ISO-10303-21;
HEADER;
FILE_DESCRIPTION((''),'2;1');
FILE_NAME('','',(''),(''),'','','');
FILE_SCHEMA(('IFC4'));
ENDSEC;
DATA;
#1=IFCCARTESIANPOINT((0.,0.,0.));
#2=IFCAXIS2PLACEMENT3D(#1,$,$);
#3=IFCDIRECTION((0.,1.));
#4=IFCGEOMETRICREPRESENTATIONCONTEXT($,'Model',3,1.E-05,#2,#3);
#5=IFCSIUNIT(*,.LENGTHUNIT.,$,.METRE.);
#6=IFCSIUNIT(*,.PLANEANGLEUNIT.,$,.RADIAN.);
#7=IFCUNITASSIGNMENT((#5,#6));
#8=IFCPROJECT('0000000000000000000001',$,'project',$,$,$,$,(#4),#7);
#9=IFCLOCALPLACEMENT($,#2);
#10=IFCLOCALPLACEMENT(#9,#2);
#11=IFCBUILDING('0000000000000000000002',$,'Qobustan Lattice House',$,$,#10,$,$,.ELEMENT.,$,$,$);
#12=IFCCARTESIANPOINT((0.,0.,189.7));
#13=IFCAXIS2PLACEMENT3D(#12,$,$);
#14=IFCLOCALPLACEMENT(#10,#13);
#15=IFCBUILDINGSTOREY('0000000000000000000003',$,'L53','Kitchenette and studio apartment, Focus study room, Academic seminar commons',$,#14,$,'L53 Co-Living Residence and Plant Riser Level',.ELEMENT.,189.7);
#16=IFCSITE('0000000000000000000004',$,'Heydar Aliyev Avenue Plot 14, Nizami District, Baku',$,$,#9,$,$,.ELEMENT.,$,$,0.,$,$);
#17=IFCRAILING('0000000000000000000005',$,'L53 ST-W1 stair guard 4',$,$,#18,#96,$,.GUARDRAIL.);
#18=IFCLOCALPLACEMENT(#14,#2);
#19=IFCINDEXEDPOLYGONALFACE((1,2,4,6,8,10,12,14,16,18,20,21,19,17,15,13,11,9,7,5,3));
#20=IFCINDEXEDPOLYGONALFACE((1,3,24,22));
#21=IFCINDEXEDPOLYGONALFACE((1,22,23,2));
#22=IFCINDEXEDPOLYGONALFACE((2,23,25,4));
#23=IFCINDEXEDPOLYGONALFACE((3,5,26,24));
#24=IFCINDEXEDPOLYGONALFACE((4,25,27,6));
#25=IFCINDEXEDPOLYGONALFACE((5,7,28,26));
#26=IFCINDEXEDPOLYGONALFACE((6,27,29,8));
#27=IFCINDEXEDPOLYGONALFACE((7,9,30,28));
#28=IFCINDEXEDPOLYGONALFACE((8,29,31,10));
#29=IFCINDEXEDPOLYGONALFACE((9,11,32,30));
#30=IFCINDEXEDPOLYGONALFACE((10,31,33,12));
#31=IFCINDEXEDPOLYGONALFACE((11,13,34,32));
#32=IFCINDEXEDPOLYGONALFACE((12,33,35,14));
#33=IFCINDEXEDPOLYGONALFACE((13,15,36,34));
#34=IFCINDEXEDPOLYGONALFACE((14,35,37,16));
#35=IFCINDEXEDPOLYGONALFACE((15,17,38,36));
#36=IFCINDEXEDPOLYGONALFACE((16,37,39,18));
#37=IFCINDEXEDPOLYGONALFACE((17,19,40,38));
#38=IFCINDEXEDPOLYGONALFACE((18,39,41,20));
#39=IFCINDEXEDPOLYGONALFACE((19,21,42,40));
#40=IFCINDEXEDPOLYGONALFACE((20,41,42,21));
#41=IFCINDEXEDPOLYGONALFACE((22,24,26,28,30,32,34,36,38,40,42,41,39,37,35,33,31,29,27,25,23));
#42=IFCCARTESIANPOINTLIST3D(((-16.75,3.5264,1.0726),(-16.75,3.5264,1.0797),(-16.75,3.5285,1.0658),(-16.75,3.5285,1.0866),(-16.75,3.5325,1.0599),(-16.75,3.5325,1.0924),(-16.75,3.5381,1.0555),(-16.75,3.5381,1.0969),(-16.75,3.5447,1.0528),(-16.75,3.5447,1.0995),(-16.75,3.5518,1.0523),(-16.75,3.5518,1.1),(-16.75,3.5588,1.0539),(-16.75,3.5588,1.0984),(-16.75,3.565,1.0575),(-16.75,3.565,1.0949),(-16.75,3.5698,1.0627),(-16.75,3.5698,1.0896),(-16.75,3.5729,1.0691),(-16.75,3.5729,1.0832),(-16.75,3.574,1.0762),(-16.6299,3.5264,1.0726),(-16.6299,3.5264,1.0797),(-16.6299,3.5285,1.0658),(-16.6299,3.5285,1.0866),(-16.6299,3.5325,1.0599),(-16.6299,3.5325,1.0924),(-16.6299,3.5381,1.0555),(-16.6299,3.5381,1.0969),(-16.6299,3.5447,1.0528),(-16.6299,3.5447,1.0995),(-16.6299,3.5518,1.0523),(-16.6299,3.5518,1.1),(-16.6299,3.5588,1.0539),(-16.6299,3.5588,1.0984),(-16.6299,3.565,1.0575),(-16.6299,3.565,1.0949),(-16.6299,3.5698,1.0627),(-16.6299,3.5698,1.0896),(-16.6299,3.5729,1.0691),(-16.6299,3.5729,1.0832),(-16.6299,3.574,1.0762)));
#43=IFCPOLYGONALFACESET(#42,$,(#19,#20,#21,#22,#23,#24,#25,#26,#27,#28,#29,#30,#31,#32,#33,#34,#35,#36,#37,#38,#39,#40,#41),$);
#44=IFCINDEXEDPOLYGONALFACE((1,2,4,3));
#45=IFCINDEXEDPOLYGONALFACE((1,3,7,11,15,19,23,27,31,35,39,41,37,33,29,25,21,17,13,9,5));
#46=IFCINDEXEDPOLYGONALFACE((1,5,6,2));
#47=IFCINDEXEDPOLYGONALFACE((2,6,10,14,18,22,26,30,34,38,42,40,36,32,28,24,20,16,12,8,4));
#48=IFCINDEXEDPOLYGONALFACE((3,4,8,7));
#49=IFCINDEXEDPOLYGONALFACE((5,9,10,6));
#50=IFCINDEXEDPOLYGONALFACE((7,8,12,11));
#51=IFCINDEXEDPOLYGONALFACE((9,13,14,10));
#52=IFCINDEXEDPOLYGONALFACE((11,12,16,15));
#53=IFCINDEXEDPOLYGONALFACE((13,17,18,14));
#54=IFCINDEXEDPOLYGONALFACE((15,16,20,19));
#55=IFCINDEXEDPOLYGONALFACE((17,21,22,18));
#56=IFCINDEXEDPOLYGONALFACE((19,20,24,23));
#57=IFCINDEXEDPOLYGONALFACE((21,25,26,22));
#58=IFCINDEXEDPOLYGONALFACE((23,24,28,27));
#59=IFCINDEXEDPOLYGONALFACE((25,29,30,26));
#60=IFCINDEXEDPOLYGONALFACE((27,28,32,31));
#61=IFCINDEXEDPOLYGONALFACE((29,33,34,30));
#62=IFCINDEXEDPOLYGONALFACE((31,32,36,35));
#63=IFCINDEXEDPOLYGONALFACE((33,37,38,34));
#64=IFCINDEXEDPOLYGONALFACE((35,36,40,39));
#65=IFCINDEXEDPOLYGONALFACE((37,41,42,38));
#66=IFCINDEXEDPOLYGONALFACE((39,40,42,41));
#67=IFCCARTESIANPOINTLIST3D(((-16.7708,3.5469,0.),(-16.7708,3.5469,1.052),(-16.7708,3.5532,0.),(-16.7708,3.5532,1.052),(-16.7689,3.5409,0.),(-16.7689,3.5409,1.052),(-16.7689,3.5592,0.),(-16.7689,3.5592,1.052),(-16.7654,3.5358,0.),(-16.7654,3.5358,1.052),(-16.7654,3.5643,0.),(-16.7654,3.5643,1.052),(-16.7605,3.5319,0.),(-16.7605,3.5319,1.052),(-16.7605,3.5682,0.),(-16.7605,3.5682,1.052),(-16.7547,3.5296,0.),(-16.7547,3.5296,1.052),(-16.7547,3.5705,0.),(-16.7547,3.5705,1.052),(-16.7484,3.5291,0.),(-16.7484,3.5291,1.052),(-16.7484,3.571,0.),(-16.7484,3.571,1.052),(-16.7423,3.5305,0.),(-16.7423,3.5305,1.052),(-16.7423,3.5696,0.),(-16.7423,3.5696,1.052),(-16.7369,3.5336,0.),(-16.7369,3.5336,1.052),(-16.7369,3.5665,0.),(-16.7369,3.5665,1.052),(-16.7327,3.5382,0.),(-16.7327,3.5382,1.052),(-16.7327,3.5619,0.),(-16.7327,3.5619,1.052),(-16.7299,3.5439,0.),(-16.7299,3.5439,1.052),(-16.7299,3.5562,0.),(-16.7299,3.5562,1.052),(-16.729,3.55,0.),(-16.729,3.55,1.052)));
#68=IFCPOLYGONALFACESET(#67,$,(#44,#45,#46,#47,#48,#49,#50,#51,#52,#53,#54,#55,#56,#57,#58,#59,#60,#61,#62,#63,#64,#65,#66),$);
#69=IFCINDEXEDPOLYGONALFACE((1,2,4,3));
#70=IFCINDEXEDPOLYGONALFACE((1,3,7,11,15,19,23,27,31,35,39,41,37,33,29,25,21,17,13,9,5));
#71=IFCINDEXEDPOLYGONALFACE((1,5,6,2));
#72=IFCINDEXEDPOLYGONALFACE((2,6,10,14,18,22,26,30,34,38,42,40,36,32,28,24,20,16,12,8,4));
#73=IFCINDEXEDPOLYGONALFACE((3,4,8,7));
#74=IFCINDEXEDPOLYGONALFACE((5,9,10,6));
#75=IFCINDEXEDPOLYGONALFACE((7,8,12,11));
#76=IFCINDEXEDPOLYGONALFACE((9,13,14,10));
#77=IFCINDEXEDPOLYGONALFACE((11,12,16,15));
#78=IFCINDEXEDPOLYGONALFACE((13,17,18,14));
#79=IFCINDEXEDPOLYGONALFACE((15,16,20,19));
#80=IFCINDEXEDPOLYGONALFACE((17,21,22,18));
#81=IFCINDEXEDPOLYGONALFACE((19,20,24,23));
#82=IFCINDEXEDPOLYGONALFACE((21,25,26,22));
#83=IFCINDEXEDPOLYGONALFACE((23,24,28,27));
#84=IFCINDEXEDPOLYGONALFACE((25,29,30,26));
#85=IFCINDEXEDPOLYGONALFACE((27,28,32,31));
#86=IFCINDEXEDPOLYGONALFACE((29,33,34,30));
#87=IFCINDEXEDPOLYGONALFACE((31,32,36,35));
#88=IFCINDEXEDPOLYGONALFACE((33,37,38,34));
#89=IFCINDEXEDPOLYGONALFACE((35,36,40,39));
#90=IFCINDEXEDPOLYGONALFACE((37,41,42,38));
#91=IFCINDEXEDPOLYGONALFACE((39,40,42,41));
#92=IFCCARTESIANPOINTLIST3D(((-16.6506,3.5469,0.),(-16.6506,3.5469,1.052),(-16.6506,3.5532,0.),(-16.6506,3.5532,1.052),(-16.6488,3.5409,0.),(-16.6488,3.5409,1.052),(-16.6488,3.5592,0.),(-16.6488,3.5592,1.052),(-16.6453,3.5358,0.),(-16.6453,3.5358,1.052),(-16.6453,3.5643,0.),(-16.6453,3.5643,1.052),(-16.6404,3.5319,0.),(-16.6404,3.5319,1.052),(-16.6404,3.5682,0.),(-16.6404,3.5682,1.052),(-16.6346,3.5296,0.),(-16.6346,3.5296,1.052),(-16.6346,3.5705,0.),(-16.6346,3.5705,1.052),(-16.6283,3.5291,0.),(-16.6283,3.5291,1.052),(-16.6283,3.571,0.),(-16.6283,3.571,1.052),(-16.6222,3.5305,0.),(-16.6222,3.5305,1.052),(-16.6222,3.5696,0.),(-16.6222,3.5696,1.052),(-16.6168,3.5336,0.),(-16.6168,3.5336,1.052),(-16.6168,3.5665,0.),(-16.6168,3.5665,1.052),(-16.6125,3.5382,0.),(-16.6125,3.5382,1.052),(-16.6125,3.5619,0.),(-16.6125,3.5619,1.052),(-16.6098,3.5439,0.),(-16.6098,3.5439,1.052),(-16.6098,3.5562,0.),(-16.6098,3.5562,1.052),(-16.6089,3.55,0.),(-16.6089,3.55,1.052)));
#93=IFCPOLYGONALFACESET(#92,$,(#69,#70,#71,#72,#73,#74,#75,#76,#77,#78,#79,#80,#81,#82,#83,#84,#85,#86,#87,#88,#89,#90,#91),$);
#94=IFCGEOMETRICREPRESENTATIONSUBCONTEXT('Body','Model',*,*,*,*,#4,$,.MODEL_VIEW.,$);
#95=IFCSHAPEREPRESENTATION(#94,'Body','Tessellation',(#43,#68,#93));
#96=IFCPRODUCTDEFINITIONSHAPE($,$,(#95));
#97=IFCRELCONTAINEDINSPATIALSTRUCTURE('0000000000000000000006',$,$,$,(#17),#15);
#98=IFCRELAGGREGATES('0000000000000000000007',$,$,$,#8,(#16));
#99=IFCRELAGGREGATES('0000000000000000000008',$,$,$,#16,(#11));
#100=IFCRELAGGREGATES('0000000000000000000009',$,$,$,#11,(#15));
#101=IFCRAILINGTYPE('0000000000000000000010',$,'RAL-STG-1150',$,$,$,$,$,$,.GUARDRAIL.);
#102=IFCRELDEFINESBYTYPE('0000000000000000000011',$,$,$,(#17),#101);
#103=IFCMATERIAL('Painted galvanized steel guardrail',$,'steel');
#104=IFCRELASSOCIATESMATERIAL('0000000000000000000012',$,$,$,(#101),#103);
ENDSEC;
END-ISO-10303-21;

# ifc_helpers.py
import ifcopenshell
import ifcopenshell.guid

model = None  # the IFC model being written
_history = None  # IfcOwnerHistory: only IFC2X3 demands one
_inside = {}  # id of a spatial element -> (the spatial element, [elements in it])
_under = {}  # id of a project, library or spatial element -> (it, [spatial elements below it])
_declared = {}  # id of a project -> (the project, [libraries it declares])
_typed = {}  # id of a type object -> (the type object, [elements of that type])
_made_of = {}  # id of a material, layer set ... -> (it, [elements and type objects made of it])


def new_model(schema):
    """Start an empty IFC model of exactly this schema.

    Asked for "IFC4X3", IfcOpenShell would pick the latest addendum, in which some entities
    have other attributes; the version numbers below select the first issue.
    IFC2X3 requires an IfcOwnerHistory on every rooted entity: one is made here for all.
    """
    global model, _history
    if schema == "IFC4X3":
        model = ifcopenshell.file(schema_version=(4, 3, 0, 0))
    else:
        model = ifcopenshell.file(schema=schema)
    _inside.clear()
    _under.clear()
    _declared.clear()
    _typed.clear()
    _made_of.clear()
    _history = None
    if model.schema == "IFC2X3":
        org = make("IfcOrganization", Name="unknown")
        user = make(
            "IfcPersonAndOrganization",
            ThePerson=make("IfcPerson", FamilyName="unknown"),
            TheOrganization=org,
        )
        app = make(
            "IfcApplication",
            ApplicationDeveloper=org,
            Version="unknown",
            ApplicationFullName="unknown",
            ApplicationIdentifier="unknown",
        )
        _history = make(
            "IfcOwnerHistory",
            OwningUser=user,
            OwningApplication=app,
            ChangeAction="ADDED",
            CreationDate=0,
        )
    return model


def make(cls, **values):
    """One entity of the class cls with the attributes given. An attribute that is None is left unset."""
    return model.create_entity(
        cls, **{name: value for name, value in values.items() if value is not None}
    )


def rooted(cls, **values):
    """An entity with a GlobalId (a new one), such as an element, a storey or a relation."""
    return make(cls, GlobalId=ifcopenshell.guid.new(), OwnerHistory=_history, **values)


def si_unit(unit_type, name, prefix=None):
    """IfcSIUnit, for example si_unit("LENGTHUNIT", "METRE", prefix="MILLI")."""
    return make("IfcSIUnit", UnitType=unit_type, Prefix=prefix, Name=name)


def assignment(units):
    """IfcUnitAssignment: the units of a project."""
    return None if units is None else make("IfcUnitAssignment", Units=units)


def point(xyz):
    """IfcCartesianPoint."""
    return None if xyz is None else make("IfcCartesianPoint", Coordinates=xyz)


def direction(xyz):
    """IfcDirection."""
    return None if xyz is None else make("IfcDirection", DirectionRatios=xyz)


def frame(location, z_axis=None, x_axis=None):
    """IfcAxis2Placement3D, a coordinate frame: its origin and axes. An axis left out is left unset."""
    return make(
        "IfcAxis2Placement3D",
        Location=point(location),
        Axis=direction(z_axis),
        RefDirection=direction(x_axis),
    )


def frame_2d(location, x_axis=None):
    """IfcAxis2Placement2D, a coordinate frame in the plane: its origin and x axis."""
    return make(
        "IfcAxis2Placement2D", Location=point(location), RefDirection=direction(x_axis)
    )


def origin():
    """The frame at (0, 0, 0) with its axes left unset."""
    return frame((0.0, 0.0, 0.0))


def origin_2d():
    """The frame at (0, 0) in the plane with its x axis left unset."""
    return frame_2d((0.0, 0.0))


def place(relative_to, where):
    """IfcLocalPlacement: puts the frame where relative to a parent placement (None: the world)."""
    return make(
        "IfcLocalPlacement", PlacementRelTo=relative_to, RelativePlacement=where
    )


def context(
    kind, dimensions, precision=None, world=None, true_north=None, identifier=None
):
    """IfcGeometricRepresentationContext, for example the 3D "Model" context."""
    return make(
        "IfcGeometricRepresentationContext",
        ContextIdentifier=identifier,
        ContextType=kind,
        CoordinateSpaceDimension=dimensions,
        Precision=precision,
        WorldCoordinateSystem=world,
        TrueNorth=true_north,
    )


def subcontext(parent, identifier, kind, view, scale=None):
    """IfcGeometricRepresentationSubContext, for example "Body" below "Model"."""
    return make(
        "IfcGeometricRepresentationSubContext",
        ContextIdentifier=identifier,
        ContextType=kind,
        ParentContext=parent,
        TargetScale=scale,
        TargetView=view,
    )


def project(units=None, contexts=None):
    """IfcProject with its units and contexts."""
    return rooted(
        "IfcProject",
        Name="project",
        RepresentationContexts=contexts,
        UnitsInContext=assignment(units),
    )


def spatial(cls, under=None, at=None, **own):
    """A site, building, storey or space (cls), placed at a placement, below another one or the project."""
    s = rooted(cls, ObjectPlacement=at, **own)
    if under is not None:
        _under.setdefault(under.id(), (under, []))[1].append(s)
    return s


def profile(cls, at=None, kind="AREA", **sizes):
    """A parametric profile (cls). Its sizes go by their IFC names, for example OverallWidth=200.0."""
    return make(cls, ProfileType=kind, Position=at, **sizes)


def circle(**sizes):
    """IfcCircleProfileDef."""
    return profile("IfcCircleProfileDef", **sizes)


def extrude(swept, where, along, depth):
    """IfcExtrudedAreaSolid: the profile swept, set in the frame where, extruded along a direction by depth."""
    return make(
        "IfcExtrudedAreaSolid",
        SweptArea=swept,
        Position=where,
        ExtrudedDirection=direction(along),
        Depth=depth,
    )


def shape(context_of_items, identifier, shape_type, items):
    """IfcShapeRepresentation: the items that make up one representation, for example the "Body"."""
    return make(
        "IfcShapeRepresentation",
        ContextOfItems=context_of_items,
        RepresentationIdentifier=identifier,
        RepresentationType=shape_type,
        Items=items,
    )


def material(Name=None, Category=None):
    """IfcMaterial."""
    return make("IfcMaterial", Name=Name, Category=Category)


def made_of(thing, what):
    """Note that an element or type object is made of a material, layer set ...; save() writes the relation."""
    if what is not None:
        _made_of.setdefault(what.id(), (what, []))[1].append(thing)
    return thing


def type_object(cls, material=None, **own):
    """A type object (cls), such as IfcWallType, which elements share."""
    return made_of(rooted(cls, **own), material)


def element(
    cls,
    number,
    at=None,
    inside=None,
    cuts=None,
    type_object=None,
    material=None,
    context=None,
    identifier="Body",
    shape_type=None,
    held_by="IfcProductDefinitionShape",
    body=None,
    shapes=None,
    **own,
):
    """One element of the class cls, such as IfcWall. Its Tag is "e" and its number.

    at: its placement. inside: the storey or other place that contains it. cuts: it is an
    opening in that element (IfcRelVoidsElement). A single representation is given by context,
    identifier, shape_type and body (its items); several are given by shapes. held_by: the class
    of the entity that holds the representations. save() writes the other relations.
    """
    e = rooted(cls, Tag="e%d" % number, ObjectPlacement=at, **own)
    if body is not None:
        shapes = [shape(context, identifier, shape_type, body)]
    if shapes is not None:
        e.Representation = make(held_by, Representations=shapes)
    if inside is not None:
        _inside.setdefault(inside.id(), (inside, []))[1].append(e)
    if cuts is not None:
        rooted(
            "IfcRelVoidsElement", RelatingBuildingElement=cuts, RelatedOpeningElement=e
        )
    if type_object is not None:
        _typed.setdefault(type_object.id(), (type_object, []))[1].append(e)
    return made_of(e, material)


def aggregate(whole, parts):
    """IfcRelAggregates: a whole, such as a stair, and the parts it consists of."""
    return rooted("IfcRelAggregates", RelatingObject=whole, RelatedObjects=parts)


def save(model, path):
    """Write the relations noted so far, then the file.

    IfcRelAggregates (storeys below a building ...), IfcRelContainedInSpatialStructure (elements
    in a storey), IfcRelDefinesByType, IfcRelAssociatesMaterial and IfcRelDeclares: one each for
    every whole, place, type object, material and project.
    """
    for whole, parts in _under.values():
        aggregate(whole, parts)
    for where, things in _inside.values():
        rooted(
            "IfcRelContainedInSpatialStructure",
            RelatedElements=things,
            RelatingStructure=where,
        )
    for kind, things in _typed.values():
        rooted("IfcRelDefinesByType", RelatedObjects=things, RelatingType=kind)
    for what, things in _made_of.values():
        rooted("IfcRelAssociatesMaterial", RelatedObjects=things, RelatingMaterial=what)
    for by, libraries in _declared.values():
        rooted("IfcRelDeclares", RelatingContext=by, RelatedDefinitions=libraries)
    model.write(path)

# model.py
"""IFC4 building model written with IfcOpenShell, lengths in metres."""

from ifc_helpers import new_model, si_unit, direction, frame, origin, origin_2d, place, context, subcontext, project, spatial, circle, extrude, material, type_object, element, save


model = new_model("IFC4")

# Units and contexts
model_context = context("Model", 3, precision=1e-05, world=origin(), true_north=direction((0.0, 1.0)))
body_context = subcontext(model_context, "Body", "Model", "MODEL_VIEW")
ifc_project = project(units=[si_unit("LENGTHUNIT", "METRE"), si_unit("PLANEANGLEUNIT", "RADIAN")], contexts=[model_context])

# Site, building, storey
site_placement = place(None, origin())
site = spatial("IfcSite", under=ifc_project, at=site_placement, Name="Heydar Aliyev Avenue Plot 14, Nizami District, Baku", CompositionType="ELEMENT", RefElevation=0.0)
building_placement = place(site_placement, origin())
building = spatial("IfcBuilding", under=site, at=building_placement, Name="Qobustan Lattice House", CompositionType="ELEMENT")
storey_placement = place(building_placement, frame((0.0, 0.0, 189.7)))
storey = spatial("IfcBuildingStorey", under=building, at=storey_placement, Name="L53", Description="Kitchenette and studio apartment, Focus study room, Academic seminar commons", LongName="L53 Co-Living Residence and Plant Riser Level", CompositionType="ELEMENT", Elevation=189.7)

# Railing
ifc_material_1 = material(Name="Painted galvanized steel guardrail", Category="steel")
railing_type = type_object("IfcRailingType", Name="RAL-STG-1150", PredefinedType="GUARDRAIL", material=ifc_material_1)
railing_1_placement = place(storey_placement, frame((-16.75, 3.55, 0.0)))
element("IfcRailing", 1, at=railing_1_placement, inside=storey, type_object=railing_type, Name="L53 ST-W1 stair guard 4", PredefinedType="GUARDRAIL", context=body_context, shape_type="SweptSolid", body=[
    extrude(circle(Radius=0.0239, at=origin_2d()), frame((0.0, 0.0, 1.0762), z_axis=(1.0, 0.0, 0.0), x_axis=(0.0, 1.0, 0.0)), (0.0, 0.0, 1.0), 0.1201),
    extrude(circle(Radius=0.021, at=origin_2d()), origin(), (0.0, 0.0, 1.0), 1.052),
    extrude(circle(Radius=0.021, at=origin_2d()), frame((0.1201, 0.0, 0.0)), (0.0, 0.0, 1.0), 1.052),
])

save(model, "model.ifc")
